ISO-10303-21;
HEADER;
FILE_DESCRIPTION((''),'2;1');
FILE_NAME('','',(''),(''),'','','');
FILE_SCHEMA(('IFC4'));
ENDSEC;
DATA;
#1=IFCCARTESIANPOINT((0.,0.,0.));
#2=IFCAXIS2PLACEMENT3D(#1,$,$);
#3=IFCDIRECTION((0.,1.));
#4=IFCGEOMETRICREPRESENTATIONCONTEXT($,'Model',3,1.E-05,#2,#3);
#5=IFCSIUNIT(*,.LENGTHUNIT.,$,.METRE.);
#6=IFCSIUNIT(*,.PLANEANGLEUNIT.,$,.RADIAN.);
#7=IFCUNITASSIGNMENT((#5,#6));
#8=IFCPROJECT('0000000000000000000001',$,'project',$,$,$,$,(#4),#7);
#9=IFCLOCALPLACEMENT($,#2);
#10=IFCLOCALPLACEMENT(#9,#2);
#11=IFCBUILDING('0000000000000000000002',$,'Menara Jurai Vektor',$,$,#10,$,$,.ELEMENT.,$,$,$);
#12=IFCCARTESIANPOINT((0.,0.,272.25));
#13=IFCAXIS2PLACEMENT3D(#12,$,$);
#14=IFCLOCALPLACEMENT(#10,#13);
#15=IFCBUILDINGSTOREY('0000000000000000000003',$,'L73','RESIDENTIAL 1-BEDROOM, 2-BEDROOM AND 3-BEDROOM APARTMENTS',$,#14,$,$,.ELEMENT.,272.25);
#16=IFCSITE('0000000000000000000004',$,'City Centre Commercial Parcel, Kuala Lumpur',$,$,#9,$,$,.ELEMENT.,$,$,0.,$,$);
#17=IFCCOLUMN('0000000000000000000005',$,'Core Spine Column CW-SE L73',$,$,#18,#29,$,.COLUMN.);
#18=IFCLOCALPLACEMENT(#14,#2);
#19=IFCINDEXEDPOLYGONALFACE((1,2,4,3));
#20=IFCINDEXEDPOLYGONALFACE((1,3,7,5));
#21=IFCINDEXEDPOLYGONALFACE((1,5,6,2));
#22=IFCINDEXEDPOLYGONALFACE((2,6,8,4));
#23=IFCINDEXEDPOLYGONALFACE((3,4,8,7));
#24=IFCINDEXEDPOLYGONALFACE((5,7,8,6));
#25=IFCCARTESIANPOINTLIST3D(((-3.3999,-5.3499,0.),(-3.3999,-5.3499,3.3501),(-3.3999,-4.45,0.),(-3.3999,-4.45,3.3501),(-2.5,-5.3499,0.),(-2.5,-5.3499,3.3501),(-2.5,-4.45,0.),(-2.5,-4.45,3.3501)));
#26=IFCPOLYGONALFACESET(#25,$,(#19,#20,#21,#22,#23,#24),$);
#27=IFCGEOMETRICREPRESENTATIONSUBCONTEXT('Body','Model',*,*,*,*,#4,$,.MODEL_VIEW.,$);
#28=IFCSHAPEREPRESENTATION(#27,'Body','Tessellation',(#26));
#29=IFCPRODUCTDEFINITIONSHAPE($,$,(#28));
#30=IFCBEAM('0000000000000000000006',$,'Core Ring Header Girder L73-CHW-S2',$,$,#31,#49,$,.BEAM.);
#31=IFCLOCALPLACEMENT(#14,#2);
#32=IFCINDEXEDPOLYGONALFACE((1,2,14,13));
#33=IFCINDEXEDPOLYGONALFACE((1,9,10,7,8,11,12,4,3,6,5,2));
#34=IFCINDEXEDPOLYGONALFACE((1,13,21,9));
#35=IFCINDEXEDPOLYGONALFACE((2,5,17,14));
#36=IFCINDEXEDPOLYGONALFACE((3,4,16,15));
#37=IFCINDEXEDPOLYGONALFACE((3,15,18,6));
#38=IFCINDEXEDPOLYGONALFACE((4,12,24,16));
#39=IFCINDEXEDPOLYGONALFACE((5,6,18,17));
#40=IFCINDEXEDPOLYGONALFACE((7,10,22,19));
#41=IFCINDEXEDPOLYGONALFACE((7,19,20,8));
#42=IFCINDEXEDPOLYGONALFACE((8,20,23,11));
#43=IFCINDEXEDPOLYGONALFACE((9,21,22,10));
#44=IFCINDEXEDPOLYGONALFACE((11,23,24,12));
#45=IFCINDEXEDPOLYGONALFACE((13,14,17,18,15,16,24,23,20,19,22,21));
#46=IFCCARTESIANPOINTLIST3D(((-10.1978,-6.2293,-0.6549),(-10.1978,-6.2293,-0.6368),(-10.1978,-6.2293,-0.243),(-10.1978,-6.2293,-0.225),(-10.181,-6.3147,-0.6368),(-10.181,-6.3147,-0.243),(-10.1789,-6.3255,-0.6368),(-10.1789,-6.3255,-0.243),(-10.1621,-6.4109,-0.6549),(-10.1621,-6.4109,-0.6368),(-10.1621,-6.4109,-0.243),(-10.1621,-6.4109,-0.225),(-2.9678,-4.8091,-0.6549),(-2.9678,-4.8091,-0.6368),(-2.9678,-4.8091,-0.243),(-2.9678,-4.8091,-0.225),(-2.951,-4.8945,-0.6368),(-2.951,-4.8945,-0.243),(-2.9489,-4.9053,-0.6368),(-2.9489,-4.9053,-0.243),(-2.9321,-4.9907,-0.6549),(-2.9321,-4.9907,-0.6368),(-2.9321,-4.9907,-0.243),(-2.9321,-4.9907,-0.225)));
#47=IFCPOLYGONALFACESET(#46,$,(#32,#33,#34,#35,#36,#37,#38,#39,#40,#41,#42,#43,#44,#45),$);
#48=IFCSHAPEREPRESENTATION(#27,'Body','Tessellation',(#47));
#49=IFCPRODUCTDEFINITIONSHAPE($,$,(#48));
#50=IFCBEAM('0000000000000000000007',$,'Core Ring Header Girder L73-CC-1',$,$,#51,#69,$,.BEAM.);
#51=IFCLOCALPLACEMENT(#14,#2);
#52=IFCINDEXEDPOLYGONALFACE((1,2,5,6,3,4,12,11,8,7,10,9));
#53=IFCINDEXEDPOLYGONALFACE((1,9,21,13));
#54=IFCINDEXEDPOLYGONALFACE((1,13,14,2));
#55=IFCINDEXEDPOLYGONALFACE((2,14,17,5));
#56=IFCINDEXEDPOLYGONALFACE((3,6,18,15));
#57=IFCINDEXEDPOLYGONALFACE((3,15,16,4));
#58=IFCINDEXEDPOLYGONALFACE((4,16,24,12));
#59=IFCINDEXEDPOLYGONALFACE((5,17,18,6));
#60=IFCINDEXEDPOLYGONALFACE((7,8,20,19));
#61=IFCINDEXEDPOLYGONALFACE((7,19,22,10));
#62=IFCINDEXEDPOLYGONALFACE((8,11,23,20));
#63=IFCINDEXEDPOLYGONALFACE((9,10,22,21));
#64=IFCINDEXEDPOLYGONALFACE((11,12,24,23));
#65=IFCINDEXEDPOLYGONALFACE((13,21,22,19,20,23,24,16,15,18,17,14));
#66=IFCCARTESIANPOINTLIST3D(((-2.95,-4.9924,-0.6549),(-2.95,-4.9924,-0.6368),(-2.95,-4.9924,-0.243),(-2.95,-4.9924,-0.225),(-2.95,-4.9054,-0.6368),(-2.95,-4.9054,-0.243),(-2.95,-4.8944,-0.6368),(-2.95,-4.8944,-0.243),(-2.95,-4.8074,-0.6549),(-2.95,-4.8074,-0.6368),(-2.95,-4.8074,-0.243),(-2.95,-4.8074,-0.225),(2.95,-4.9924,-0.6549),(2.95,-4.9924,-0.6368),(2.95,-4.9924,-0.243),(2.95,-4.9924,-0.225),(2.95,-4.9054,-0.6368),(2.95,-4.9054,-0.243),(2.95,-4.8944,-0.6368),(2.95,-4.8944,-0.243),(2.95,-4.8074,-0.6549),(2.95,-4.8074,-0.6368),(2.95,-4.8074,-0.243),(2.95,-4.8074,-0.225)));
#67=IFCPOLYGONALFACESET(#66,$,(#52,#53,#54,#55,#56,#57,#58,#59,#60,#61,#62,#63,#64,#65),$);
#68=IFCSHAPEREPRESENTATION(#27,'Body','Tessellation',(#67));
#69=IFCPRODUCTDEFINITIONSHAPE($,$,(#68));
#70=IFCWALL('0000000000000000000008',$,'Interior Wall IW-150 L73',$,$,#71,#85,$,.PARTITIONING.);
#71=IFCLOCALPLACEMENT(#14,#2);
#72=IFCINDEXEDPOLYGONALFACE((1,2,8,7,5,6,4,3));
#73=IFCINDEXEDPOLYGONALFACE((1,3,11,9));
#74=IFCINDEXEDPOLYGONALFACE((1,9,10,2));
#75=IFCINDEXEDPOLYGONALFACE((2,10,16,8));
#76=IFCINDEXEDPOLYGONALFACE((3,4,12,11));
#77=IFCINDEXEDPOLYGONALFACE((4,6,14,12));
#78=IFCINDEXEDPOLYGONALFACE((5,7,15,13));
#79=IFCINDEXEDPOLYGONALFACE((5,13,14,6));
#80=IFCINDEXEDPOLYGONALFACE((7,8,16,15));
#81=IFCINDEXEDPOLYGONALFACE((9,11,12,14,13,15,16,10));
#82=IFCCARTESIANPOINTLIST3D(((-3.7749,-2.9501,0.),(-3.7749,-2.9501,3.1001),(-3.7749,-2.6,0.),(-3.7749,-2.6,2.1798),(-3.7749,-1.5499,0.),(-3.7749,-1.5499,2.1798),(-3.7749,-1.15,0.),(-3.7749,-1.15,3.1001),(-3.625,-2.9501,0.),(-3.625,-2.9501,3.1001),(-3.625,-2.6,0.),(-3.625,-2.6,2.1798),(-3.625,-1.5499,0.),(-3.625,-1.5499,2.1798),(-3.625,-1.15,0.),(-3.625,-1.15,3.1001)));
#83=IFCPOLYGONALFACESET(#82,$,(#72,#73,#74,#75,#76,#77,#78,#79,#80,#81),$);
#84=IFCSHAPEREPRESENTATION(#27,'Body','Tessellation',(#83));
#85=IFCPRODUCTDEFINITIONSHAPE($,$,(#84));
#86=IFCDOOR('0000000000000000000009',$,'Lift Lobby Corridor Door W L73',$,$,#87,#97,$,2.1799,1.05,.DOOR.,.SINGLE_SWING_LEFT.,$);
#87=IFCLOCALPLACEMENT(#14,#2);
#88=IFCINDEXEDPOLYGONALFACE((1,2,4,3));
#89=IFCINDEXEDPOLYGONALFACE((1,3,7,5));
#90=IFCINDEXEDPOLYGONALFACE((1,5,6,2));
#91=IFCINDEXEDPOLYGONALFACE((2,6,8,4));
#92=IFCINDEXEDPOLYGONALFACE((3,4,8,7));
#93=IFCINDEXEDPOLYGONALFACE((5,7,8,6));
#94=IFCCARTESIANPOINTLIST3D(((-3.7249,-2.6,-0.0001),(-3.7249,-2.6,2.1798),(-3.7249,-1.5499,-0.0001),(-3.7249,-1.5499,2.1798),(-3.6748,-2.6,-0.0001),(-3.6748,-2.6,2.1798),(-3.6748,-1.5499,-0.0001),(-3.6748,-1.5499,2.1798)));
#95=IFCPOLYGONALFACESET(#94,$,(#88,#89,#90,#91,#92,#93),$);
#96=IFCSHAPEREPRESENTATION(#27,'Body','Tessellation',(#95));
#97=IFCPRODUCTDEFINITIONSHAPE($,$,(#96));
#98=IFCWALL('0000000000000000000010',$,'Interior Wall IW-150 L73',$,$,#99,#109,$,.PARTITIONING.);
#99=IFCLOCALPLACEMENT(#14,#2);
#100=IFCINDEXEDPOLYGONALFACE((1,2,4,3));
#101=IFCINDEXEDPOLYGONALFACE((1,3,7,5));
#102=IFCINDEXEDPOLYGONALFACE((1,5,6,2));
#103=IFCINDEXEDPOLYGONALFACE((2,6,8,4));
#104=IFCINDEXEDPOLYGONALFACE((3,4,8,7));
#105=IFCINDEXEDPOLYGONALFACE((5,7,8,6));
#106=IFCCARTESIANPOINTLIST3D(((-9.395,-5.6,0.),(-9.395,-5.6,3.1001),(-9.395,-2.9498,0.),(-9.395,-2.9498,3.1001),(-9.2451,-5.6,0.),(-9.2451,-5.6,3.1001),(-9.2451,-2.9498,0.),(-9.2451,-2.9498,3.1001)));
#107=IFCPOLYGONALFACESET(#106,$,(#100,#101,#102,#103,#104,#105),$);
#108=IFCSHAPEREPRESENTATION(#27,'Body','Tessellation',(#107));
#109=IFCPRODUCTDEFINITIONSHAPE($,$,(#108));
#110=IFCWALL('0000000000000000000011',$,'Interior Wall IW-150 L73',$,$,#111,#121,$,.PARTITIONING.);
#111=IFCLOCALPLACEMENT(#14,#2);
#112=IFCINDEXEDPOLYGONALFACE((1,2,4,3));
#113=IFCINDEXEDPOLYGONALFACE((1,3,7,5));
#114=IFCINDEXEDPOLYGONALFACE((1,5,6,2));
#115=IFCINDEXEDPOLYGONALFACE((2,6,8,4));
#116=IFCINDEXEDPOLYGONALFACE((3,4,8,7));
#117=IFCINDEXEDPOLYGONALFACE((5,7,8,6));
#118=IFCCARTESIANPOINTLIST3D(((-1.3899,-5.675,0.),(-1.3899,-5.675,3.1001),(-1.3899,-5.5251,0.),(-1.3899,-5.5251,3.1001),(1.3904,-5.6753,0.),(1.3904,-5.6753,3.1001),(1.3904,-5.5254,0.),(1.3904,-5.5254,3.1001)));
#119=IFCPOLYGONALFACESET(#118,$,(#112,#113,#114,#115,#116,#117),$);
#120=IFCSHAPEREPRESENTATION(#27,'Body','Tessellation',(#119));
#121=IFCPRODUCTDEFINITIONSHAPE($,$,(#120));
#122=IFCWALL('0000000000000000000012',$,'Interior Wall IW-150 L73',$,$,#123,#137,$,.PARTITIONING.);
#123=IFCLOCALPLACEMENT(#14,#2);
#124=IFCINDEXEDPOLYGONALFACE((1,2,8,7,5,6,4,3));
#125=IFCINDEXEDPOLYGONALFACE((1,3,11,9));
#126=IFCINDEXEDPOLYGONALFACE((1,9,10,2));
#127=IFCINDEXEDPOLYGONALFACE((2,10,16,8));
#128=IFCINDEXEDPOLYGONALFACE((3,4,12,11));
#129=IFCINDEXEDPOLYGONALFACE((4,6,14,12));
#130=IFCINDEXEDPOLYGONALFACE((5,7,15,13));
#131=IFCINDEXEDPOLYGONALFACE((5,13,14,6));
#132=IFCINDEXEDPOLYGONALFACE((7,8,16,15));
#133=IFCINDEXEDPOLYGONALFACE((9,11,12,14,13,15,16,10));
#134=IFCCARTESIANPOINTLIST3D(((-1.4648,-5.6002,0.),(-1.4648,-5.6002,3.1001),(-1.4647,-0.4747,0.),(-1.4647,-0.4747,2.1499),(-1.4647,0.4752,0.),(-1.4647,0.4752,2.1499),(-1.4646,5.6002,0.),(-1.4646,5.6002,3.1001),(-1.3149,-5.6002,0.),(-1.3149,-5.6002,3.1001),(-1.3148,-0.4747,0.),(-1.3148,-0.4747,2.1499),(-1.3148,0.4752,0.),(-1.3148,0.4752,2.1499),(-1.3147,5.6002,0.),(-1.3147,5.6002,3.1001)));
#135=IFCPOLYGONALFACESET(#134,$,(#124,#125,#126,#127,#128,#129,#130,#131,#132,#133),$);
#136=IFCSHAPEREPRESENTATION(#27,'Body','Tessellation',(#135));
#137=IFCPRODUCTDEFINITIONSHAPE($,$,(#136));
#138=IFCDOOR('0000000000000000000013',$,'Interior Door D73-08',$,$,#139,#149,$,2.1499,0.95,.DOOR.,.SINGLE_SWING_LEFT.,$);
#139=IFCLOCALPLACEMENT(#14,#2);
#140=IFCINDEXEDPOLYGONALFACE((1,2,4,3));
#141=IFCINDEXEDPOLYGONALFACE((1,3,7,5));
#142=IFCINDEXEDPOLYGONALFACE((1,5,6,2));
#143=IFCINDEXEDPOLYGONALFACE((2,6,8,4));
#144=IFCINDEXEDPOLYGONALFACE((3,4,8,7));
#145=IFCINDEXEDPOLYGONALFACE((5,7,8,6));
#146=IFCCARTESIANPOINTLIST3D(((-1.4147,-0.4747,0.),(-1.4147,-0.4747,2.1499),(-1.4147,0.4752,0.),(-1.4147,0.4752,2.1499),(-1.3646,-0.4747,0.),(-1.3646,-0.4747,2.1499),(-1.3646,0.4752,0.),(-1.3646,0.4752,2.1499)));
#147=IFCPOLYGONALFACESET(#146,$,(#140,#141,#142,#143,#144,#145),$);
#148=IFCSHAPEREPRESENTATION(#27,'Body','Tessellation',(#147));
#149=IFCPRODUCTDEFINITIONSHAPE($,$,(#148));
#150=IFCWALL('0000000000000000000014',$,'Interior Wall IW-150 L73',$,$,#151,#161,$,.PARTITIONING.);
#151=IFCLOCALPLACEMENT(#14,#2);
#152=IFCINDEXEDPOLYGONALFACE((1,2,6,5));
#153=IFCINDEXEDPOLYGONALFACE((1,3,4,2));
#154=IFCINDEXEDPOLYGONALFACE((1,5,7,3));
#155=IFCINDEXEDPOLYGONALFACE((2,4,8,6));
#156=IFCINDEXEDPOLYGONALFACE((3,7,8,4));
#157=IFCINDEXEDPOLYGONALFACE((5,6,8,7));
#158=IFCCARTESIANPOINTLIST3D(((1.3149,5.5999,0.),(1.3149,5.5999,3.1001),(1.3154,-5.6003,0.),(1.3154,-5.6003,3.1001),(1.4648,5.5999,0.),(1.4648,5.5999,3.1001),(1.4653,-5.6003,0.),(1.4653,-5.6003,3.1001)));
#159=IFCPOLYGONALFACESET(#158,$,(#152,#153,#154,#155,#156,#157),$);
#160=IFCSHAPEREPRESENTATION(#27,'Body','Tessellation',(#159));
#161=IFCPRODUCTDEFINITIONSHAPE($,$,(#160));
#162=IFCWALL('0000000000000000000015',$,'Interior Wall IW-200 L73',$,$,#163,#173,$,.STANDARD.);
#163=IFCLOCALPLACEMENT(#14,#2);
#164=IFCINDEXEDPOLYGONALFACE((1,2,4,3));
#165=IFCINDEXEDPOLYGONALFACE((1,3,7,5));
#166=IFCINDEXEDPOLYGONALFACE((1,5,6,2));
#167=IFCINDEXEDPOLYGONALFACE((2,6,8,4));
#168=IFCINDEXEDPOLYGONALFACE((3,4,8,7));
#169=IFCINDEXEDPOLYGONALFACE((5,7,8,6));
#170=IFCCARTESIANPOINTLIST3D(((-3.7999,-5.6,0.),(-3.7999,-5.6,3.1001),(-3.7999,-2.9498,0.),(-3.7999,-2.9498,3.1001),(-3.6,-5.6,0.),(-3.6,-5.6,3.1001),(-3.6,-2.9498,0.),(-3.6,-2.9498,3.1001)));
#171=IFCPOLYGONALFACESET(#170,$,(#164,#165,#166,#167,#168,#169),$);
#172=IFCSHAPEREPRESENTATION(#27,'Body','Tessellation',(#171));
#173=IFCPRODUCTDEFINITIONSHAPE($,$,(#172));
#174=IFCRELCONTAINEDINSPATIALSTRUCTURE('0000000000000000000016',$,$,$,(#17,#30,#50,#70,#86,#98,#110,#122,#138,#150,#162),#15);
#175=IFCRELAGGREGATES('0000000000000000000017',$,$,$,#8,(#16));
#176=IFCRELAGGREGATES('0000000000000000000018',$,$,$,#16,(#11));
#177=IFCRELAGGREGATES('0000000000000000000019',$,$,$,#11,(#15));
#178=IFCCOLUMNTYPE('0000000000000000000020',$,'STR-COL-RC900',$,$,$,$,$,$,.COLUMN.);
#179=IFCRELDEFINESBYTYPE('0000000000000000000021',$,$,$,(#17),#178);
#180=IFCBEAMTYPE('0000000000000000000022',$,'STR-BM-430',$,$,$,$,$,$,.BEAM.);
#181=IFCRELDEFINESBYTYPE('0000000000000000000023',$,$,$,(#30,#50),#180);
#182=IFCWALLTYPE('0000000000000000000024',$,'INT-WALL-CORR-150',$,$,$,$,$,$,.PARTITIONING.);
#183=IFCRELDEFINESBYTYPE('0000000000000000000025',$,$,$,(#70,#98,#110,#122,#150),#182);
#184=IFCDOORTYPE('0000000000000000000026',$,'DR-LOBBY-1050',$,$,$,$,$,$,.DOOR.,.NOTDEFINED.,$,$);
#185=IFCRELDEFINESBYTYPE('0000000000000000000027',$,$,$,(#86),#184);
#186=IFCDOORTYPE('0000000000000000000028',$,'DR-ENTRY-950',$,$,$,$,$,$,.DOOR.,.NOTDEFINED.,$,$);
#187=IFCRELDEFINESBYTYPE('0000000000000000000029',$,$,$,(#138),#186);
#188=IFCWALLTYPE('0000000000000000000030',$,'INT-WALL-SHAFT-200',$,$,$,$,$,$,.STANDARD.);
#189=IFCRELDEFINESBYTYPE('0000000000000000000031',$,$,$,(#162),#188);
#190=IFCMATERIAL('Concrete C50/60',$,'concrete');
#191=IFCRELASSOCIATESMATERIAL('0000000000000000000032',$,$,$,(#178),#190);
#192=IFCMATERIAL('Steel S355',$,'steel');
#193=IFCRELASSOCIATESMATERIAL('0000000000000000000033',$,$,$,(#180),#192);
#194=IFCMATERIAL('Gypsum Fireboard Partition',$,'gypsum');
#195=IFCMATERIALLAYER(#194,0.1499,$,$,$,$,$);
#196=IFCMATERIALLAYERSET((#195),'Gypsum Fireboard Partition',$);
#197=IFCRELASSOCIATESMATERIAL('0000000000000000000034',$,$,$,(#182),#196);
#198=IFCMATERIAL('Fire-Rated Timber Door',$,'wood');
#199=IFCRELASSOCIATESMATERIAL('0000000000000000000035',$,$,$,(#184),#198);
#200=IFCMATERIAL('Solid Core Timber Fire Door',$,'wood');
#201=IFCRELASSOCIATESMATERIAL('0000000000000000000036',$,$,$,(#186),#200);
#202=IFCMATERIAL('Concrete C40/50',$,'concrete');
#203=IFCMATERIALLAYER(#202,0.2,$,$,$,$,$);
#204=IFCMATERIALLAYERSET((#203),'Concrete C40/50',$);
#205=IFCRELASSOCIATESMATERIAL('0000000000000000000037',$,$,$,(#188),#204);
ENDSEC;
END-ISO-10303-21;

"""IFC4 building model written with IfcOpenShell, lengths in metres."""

from ifc_helpers import new_model, si_unit, direction, frame, frame_2d, origin, origin_2d, place, context, subcontext, project, spatial, rectangle, i_section, extrude, material, layer, layer_set, material_profile, profile_set, type_object, element, fill, save


model = new_model("IFC4")

# Units and contexts
model_context = context("Model", 3, precision=1e-05, world=origin(), true_north=direction((0.0, 1.0)))
body_context = subcontext(model_context, "Body", "Model", "MODEL_VIEW")
ifc_project = project(units=[si_unit("LENGTHUNIT", "METRE"), si_unit("PLANEANGLEUNIT", "RADIAN")], contexts=[model_context])

# Site, building, storey
site_placement = place(None, origin())
site = spatial("IfcSite", under=ifc_project, at=site_placement, Name="City Centre Commercial Parcel, Kuala Lumpur", CompositionType="ELEMENT", RefElevation=0.0)
building_placement = place(site_placement, origin())
building = spatial("IfcBuilding", under=site, at=building_placement, Name="Menara Jurai Vektor", CompositionType="ELEMENT")
storey_placement = place(building_placement, frame((0.0, 0.0, 272.25)))
storey = spatial("IfcBuildingStorey", under=building, at=storey_placement, Name="L73", Description="RESIDENTIAL 1-BEDROOM, 2-BEDROOM AND 3-BEDROOM APARTMENTS", CompositionType="ELEMENT", Elevation=272.25)

# Column
ifc_material_1 = material(Name="Concrete C50/60", Category="concrete")
ifc_material_profile_1 = material_profile(ifc_material_1, rectangle(XDim=0.8999, YDim=0.8999, at=origin_2d()), Name="RC 900x900")
ifc_profile_set_1 = profile_set([ifc_material_profile_1], Name="Concrete C50/60")
column_type = type_object("IfcColumnType", Name="STR-COL-RC900", PredefinedType="COLUMN", material=ifc_profile_set_1)
column_placement = place(storey_placement, frame((-2.95, -4.8999, 0.0), z_axis=(0.0, 0.0, 1.0), x_axis=(1.0, 0.0, 0.0)))
element("IfcColumn", 1, at=column_placement, inside=storey, type_object=column_type, Name="Core Spine Column CW-SE L73", PredefinedType="COLUMN", context=body_context, shape_type="SweptSolid", body=[
    extrude(rectangle(XDim=0.8999, YDim=0.8999, at=origin_2d()), origin(), (0.0, 0.0, 1.0), 3.3501),
])

# Beams
ifc_material_2 = material(Name="Steel S355", Category="steel")
ifc_material_profile_2 = material_profile(ifc_material_2, i_section(OverallWidth=0.1851, OverallDepth=0.4299, WebThickness=0.011, FlangeThickness=0.0181, at=origin_2d()), Name="PG 430x185x76")
ifc_profile_set_2 = profile_set([ifc_material_profile_2], Name="Steel S355")
beam_type = type_object("IfcBeamType", Name="STR-BM-430", PredefinedType="BEAM", material=ifc_profile_set_2)
beam_1_placement = place(storey_placement, frame((-10.1799, -6.3201, -0.4399), z_axis=(0.981249, 0.192744, 0.0), x_axis=(-0.192744, 0.981249, 0.0)))
element("IfcBeam", 2, at=beam_1_placement, inside=storey, type_object=beam_type, Name="Core Ring Header Girder L73-CHW-S2", PredefinedType="BEAM", context=body_context, shape_type="SweptSolid", body=[
    extrude(i_section(OverallWidth=0.1851, OverallDepth=0.4299, WebThickness=0.011, FlangeThickness=0.0181, at=origin_2d()), origin(), (0.0, 0.0, 1.0), 7.3682),
])
beam_2_placement = place(storey_placement, frame((-2.95, -4.8999, -0.4399), z_axis=(1.0, 0.0, 0.0), x_axis=(0.0, 1.0, 0.0)))
element("IfcBeam", 3, at=beam_2_placement, inside=storey, type_object=beam_type, Name="Core Ring Header Girder L73-CC-1", PredefinedType="BEAM", context=body_context, shape_type="SweptSolid", body=[
    extrude(i_section(OverallWidth=0.1851, OverallDepth=0.4299, WebThickness=0.011, FlangeThickness=0.0181, at=origin_2d()), origin(), (0.0, 0.0, 1.0), 5.8999),
])

# Wall, opening, door
ifc_material_3 = material(Name="Gypsum Fireboard Partition", Category="gypsum")
ifc_layer_1 = layer(ifc_material_3, 0.1499)
ifc_layer_set_1 = layer_set([ifc_layer_1], Name="Gypsum Fireboard Partition")
wall_type_1 = type_object("IfcWallType", Name="INT-WALL-CORR-150", PredefinedType="PARTITIONING", material=ifc_layer_set_1)
wall_1_placement = place(storey_placement, frame((-3.7, -2.95, 0.0), z_axis=(0.0, 0.0, 1.0), x_axis=(0.0, 1.0, 0.0)))
wall_1 = element("IfcWall", 4, at=wall_1_placement, inside=storey, type_object=wall_type_1, Name="Interior Wall IW-150 L73", PredefinedType="PARTITIONING", context=body_context, shape_type="SweptSolid", body=[
    extrude(rectangle(XDim=1.8, YDim=0.1499, at=frame_2d((0.8999, 0.0))), origin(), (0.0, 0.0, 1.0), 3.1001),
])
opening_1_placement = place(wall_1_placement, frame((0.3501, 0.0, 0.0)))
opening_1 = element("IfcOpeningElement", 5, at=opening_1_placement, cuts=wall_1, PredefinedType="OPENING", context=body_context, shape_type="SweptSolid", body=[
    extrude(rectangle(XDim=1.05, YDim=2.1799, at=frame_2d((0.5249, 1.0898))), frame((0.0, 0.085, 0.0), z_axis=(0.0, -1.0, 0.0), x_axis=(1.0, 0.0, 0.0)), (0.0, 0.0, 1.0), 0.1699),
])
ifc_material_4 = material(Name="Fire-Rated Timber Door", Category="wood")
door_type_1 = type_object("IfcDoorType", Name="DR-LOBBY-1050", OperationType="NOTDEFINED", PredefinedType="DOOR", material=ifc_material_4)
door_1_placement = place(opening_1_placement, origin())
door_1 = element("IfcDoor", 6, at=door_1_placement, inside=storey, type_object=door_type_1, Name="Lift Lobby Corridor Door W L73", OperationType="SINGLE_SWING_LEFT", OverallHeight=2.1799, OverallWidth=1.05, PredefinedType="DOOR", context=body_context, shape_type="SweptSolid", body=[
    extrude(rectangle(XDim=1.05, YDim=2.1799, at=frame_2d((0.5249, 1.0898))), frame((0.0, 0.0249, 0.0), z_axis=(0.0, -1.0, 0.0), x_axis=(1.0, 0.0, 0.0)), (0.0, 0.0, 1.0), 0.05),
])
fill(opening_1, door_1)

# Walls
wall_2_placement = place(storey_placement, frame((-9.3201, -5.6001, 0.0), z_axis=(0.0, 0.0, 1.0), x_axis=(0.0, 1.0, 0.0)))
element("IfcWall", 7, at=wall_2_placement, inside=storey, type_object=wall_type_1, Name="Interior Wall IW-150 L73", PredefinedType="PARTITIONING", context=body_context, shape_type="SweptSolid", body=[
    extrude(rectangle(XDim=2.6501, YDim=0.1499, at=frame_2d((1.3252, 0.0))), origin(), (0.0, 0.0, 1.0), 3.1001),
])
wall_3_placement = place(storey_placement, frame((-1.3899, -5.6001, 0.0), z_axis=(0.0, 0.0, 1.0), x_axis=(1.0, -0.000088, 0.0)))
element("IfcWall", 8, at=wall_3_placement, inside=storey, type_object=wall_type_1, Name="Interior Wall IW-150 L73", PredefinedType="PARTITIONING", context=body_context, shape_type="SweptSolid", body=[
    extrude(rectangle(XDim=2.7803, YDim=0.1499, at=frame_2d((1.3901, 0.0))), origin(), (0.0, 0.0, 1.0), 3.1001),
])

# Wall, opening, door
wall_4_placement = place(storey_placement, frame((-1.3899, -5.6001, 0.0), z_axis=(0.0, 0.0, 1.0), x_axis=(0.000022, 1.0, 0.0)))
wall_4 = element("IfcWall", 9, at=wall_4_placement, inside=storey, type_object=wall_type_1, Name="Interior Wall IW-150 L73", PredefinedType="PARTITIONING", context=body_context, shape_type="SweptSolid", body=[
    extrude(rectangle(XDim=11.2004, YDim=0.1499, at=frame_2d((5.6001, 0.0))), origin(), (0.0, 0.0, 1.0), 3.1001),
])
opening_2_placement = place(wall_4_placement, frame((5.1252, 0.0, 0.0)))
opening_2 = element("IfcOpeningElement", 10, at=opening_2_placement, cuts=wall_4, PredefinedType="OPENING", context=body_context, shape_type="SweptSolid", body=[
    extrude(rectangle(XDim=0.95, YDim=2.1499, at=frame_2d((0.4751, 1.075))), frame((0.0, 0.085, 0.0), z_axis=(0.0, -1.0, 0.0), x_axis=(1.0, 0.0, 0.0)), (0.0, 0.0, 1.0), 0.1699),
])
ifc_material_5 = material(Name="Solid Core Timber Fire Door", Category="wood")
door_type_2 = type_object("IfcDoorType", Name="DR-ENTRY-950", OperationType="NOTDEFINED", PredefinedType="DOOR", material=ifc_material_5)
door_2_placement = place(opening_2_placement, origin())
door_2 = element("IfcDoor", 11, at=door_2_placement, inside=storey, type_object=door_type_2, Name="Interior Door D73-08", OperationType="SINGLE_SWING_LEFT", OverallHeight=2.1499, OverallWidth=0.95, PredefinedType="DOOR", context=body_context, shape_type="SweptSolid", body=[
    extrude(rectangle(XDim=0.95, YDim=2.1499, at=frame_2d((0.4751, 1.075))), frame((0.0, 0.0249, 0.0), z_axis=(0.0, -1.0, 0.0), x_axis=(1.0, 0.0, 0.0)), (0.0, 0.0, 1.0), 0.05),
])
fill(opening_2, door_2)

# Walls
wall_5_placement = place(storey_placement, frame((1.3904, -5.6003, 0.0), z_axis=(0.0, 0.0, 1.0), x_axis=(-0.000044, 1.0, 0.0)))
element("IfcWall", 12, at=wall_5_placement, inside=storey, type_object=wall_type_1, Name="Interior Wall IW-150 L73", PredefinedType="PARTITIONING", context=body_context, shape_type="SweptSolid", body=[
    extrude(rectangle(XDim=11.2002, YDim=0.1499, at=frame_2d((5.6001, 0.0))), origin(), (0.0, 0.0, 1.0), 3.1001),
])
ifc_material_6 = material(Name="Concrete C40/50", Category="concrete")
ifc_layer_2 = layer(ifc_material_6, 0.2)
ifc_layer_set_2 = layer_set([ifc_layer_2], Name="Concrete C40/50")
wall_type_2 = type_object("IfcWallType", Name="INT-WALL-SHAFT-200", PredefinedType="STANDARD", material=ifc_layer_set_2)
wall_6_placement = place(storey_placement, frame((-3.7, -5.6001, 0.0), z_axis=(0.0, 0.0, 1.0), x_axis=(0.0, 1.0, 0.0)))
element("IfcWall", 13, at=wall_6_placement, inside=storey, type_object=wall_type_2, Name="Interior Wall IW-200 L73", PredefinedType="STANDARD", context=body_context, shape_type="SweptSolid", body=[
    extrude(rectangle(XDim=2.6501, YDim=0.2, at=frame_2d((1.3252, 0.0))), origin(), (0.0, 0.0, 1.0), 3.1001),
])

save(model, "model.ifc")
